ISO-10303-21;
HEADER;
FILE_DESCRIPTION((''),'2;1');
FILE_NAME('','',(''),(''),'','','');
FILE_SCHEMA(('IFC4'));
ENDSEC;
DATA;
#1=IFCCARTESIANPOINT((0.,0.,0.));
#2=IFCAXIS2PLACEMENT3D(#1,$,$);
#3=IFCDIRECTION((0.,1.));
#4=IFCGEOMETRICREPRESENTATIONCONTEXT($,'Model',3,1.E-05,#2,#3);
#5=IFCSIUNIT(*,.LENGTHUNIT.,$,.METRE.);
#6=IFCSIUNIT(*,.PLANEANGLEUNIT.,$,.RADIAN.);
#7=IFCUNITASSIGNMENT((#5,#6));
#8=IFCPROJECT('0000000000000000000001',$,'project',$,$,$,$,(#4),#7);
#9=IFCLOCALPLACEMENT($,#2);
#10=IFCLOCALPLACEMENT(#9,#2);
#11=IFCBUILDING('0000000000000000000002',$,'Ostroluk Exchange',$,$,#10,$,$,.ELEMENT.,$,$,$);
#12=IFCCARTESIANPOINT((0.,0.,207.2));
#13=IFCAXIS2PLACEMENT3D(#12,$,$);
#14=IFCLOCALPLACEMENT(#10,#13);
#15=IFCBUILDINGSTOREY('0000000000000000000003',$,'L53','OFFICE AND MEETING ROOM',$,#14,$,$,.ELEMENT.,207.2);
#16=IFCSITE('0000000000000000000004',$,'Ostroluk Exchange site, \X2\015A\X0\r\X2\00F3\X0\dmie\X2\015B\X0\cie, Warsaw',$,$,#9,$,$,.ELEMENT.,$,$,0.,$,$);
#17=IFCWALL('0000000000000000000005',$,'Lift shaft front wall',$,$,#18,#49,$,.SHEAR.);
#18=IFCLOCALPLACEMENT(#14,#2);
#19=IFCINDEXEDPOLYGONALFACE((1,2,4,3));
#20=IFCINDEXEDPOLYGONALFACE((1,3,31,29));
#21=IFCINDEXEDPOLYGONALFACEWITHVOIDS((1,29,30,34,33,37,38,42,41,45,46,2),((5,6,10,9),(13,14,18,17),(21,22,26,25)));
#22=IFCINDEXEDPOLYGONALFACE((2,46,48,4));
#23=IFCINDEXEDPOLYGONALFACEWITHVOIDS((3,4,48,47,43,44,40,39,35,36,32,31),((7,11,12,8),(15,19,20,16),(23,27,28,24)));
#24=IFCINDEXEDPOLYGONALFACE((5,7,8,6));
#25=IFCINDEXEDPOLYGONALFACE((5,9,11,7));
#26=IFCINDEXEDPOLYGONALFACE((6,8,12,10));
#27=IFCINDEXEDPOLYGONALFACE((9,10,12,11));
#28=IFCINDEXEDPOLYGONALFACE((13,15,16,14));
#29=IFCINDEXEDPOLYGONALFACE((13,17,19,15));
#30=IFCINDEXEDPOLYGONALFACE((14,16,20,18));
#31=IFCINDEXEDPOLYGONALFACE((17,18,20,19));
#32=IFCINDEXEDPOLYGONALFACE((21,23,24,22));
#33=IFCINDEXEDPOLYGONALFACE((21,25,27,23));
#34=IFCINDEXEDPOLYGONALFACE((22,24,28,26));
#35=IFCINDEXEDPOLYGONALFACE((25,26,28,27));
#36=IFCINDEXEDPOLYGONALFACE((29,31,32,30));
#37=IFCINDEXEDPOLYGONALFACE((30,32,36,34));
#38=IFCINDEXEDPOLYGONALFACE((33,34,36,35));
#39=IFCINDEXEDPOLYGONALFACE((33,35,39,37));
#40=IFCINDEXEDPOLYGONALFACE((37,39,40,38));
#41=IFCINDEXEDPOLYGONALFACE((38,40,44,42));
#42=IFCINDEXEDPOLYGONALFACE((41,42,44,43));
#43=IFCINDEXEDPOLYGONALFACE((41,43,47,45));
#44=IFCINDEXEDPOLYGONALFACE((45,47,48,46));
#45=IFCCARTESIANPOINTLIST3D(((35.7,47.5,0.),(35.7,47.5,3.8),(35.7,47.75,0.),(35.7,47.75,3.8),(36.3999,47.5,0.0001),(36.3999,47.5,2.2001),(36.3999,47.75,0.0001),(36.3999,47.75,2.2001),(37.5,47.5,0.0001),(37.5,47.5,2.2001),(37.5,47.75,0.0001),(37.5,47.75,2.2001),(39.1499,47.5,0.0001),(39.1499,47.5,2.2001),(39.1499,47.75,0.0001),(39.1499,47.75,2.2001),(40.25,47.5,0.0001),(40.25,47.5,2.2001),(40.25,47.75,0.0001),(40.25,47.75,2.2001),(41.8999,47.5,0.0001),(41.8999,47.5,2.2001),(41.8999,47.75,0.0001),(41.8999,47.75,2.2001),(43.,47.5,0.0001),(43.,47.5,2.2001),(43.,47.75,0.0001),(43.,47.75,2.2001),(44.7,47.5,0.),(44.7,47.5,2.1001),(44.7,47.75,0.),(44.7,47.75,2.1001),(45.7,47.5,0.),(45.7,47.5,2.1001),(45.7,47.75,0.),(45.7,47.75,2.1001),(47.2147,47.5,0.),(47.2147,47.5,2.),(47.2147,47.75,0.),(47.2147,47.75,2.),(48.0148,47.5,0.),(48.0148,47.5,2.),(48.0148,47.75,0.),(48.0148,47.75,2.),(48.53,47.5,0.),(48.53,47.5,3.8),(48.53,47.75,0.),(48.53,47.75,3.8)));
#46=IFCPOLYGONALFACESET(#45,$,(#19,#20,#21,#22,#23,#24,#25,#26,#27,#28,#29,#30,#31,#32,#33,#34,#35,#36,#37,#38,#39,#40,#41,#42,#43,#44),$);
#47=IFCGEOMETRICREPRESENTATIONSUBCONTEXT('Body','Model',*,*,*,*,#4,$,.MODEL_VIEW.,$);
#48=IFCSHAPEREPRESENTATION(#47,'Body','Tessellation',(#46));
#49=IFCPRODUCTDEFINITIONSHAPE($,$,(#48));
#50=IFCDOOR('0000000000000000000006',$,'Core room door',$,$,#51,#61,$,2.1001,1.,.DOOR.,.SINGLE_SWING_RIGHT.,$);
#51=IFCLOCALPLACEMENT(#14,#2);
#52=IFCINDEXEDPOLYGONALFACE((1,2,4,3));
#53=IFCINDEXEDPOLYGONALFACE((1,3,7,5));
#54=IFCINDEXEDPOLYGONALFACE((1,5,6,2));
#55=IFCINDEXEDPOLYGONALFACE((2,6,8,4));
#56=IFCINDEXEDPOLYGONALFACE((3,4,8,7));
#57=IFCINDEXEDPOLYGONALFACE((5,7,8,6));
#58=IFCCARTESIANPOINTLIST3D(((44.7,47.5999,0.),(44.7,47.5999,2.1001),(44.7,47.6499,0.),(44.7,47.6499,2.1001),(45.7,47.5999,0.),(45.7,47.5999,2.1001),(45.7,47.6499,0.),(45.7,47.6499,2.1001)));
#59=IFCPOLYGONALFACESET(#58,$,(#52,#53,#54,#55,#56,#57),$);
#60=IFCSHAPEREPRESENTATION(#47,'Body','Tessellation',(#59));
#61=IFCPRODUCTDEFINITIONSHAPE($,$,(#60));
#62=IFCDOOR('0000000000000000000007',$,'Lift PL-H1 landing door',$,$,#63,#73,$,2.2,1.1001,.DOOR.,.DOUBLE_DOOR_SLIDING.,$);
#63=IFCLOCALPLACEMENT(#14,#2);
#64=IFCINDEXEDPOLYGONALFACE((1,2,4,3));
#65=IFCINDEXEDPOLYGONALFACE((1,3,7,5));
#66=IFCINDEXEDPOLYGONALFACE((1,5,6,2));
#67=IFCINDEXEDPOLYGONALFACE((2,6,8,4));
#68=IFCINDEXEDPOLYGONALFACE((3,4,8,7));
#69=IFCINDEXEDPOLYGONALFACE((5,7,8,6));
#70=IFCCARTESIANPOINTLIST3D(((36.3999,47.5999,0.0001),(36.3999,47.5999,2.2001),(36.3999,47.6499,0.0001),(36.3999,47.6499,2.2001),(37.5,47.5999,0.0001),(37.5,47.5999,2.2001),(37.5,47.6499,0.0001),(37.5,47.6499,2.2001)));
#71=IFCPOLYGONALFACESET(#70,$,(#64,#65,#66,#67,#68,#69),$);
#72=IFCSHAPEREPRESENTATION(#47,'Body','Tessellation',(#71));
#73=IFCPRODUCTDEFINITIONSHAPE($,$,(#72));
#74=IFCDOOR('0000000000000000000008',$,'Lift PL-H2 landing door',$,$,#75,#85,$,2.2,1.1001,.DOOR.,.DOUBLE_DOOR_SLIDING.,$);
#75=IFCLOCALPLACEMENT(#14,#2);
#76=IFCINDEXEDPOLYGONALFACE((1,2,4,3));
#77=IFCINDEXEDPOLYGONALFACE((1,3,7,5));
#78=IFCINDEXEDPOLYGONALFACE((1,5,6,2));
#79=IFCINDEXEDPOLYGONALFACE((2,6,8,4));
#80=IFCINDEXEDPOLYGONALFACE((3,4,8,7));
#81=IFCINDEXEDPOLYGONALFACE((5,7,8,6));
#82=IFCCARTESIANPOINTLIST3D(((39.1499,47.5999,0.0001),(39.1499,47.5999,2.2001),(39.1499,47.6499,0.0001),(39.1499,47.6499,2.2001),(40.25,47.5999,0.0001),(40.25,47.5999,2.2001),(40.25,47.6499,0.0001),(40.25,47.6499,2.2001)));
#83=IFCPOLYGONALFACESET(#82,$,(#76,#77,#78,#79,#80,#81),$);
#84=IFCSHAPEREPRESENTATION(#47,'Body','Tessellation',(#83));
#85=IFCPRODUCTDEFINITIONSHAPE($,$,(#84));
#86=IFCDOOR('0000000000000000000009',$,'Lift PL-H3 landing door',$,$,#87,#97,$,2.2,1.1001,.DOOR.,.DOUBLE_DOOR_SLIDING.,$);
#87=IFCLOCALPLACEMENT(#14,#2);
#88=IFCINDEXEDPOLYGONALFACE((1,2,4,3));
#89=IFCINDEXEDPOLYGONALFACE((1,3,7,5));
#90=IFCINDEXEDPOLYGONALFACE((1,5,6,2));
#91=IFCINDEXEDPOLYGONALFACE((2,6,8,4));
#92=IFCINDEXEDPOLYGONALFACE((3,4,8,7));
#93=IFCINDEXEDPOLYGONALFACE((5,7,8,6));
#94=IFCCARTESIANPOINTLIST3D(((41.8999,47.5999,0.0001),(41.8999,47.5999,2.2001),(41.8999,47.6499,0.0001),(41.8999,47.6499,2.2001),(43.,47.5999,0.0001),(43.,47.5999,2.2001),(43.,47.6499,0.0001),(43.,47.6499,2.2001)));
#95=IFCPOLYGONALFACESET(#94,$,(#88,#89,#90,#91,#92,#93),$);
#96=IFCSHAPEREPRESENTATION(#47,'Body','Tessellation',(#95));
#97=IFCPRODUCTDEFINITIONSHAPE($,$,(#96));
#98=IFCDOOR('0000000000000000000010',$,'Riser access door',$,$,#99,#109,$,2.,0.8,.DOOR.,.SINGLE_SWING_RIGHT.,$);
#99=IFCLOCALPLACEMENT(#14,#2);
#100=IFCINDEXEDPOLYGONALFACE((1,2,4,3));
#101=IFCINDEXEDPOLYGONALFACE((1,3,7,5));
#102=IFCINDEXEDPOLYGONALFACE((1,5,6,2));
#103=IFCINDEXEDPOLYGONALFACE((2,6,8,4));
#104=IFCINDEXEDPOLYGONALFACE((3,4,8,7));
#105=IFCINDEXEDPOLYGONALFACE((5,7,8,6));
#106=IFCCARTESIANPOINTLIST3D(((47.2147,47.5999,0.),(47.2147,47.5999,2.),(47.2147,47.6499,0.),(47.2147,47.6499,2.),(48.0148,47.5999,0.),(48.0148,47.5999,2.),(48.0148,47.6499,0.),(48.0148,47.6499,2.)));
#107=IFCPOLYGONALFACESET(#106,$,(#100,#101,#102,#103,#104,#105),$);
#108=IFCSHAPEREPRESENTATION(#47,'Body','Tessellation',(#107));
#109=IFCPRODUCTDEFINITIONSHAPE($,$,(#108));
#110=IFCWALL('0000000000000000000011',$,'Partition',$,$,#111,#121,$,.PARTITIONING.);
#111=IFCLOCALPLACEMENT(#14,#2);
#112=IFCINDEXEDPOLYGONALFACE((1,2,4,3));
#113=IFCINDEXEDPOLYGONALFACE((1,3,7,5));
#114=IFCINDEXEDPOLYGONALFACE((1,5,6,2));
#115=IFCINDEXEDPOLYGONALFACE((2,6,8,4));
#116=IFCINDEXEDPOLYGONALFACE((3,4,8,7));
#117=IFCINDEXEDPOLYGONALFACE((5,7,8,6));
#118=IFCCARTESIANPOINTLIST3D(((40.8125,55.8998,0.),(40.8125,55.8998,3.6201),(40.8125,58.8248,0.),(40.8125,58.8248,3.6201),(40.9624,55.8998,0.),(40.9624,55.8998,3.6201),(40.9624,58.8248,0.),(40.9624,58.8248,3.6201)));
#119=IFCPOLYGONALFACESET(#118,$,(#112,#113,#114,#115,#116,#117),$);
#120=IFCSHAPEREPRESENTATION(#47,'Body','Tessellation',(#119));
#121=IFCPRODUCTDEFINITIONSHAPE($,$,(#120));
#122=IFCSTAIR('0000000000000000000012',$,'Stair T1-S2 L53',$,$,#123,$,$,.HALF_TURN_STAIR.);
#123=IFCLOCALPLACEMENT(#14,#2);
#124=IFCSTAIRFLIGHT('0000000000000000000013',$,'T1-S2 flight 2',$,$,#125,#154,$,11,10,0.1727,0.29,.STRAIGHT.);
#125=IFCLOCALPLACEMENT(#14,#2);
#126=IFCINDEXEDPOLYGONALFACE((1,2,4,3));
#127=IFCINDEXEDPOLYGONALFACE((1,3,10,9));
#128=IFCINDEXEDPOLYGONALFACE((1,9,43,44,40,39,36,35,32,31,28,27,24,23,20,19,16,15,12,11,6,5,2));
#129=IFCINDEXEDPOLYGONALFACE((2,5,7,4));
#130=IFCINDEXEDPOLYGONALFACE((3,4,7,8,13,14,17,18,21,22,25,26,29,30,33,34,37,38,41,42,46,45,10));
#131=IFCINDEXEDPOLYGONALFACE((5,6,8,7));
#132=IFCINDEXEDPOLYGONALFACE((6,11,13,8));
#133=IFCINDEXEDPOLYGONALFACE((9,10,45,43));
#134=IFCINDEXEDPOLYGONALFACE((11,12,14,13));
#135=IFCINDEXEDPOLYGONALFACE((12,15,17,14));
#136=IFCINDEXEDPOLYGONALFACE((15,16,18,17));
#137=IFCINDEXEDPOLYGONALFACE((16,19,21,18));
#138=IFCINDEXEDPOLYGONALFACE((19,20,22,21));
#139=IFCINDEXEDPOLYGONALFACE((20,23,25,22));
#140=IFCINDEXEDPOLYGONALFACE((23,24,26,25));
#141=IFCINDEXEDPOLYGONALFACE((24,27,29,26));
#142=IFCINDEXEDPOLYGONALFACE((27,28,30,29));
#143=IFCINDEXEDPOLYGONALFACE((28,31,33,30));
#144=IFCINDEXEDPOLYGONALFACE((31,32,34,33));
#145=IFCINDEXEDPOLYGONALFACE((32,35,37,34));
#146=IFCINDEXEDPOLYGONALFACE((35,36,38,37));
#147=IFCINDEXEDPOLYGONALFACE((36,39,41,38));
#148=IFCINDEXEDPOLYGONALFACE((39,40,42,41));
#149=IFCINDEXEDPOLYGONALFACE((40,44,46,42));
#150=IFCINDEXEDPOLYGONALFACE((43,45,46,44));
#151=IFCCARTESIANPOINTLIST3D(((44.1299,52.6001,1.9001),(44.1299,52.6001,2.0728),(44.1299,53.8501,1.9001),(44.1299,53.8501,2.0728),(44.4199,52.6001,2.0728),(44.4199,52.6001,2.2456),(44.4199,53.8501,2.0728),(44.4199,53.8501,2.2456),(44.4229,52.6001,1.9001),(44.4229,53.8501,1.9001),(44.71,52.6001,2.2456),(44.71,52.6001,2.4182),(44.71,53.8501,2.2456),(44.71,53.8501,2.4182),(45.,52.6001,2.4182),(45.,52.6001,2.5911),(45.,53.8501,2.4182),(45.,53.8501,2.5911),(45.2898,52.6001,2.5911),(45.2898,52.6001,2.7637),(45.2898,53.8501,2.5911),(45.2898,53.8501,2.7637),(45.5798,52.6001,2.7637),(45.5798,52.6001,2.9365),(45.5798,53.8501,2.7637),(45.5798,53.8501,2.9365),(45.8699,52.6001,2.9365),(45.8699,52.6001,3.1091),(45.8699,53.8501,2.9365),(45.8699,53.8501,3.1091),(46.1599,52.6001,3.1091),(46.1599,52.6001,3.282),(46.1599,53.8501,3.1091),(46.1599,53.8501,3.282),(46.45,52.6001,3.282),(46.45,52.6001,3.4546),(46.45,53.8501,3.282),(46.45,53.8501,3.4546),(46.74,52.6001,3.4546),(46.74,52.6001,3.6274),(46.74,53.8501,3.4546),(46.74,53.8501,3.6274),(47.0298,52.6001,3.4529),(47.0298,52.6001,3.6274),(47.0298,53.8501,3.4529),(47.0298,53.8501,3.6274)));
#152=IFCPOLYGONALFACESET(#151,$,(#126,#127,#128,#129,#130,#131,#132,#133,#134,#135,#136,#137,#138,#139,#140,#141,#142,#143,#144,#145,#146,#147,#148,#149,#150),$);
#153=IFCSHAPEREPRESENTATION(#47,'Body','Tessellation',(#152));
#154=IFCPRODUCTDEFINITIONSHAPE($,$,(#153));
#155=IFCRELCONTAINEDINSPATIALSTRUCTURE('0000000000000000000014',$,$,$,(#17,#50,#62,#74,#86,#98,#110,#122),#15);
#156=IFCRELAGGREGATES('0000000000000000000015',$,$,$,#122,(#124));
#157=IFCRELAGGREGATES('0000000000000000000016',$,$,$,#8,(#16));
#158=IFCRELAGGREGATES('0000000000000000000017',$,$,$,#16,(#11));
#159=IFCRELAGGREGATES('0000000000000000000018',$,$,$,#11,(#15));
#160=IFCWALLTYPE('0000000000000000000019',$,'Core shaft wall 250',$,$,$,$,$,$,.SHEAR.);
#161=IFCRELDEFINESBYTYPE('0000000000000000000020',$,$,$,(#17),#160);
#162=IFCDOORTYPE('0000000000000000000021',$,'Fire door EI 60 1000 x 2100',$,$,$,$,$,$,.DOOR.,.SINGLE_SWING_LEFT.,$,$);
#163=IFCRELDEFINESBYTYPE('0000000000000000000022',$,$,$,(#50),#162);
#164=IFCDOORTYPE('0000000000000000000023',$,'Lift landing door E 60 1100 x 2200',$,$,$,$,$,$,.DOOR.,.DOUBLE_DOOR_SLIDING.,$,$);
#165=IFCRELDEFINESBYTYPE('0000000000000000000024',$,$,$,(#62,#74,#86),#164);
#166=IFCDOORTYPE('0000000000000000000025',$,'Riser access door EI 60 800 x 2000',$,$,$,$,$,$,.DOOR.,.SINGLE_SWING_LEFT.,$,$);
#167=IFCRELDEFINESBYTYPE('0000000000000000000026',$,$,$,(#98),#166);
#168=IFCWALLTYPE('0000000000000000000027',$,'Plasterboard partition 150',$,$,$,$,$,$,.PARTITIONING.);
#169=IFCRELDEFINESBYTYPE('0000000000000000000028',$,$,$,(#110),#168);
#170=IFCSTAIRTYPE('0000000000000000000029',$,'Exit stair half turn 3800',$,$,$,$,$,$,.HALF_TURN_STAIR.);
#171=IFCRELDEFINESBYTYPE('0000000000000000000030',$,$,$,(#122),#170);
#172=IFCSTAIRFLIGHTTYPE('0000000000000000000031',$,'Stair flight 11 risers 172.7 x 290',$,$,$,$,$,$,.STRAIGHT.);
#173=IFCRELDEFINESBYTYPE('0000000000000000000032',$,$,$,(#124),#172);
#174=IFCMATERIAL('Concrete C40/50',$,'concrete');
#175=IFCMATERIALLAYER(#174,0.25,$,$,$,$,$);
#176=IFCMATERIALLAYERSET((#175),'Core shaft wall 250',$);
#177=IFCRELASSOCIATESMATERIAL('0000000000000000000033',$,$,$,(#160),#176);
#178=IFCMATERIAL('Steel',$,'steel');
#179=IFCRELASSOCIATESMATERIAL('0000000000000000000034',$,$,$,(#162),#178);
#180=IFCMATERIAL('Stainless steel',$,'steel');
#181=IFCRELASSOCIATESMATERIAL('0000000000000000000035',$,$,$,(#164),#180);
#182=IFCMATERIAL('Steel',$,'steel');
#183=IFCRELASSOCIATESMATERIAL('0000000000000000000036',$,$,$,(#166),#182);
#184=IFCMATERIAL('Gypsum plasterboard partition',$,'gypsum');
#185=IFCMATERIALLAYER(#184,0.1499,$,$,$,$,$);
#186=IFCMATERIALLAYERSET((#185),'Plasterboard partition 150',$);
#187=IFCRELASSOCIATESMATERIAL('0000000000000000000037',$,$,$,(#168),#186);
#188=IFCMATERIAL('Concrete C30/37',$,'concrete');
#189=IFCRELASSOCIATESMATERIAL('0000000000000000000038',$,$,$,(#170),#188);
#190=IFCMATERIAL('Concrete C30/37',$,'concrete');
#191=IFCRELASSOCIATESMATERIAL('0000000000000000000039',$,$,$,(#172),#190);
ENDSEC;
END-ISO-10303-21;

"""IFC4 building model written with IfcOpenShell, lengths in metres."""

from ifc_helpers import new_model, si_unit, direction, frame, frame_2d, origin, place, context, subcontext, project, spatial, polyline, rectangle, outline, extrude, material, layer, layer_set, type_object, element, fill, aggregate, save


model = new_model("IFC4")

# Units and contexts
model_context = context("Model", 3, precision=1e-05, world=origin(), true_north=direction((0.0, 1.0)))
body_context = subcontext(model_context, "Body", "Model", "MODEL_VIEW")
ifc_project = project(units=[si_unit("LENGTHUNIT", "METRE"), si_unit("PLANEANGLEUNIT", "RADIAN")], contexts=[model_context])

# Site, building, storey
site_placement = place(None, origin())
site = spatial("IfcSite", under=ifc_project, at=site_placement, Name="Ostroluk Exchange site, Śródmieście, Warsaw", CompositionType="ELEMENT", RefElevation=0.0)
building_placement = place(site_placement, origin())
building = spatial("IfcBuilding", under=site, at=building_placement, Name="Ostroluk Exchange", CompositionType="ELEMENT")
storey_placement = place(building_placement, frame((0.0, 0.0, 207.2)))
storey = spatial("IfcBuildingStorey", under=building, at=storey_placement, Name="L53", Description="OFFICE AND MEETING ROOM", CompositionType="ELEMENT", Elevation=207.2)

# Shared definitions
ifc_material_1 = material(Name="Concrete C40/50", Category="concrete")
ifc_layer_1 = layer(ifc_material_1, 0.25)
ifc_layer_set_1 = layer_set([ifc_layer_1], Name="Core shaft wall 250")
wall_type_1 = type_object("IfcWallType", Name="Core shaft wall 250", PredefinedType="SHEAR", material=ifc_layer_set_1)

# Wall, openings, doors
wall_1_placement = place(storey_placement, frame((35.7, 47.625, 0.0), z_axis=(0.0, 0.0, 1.0), x_axis=(1.0, 0.0, 0.0)))
wall_1 = element("IfcWall", 1, at=wall_1_placement, inside=storey, type_object=wall_type_1, Name="Lift shaft front wall", PredefinedType="SHEAR", context=body_context, shape_type="SweptSolid", body=[
    extrude(rectangle(XDim=12.8301, YDim=0.25, at=frame_2d((6.415, 0.0))), origin(), (0.0, 0.0, 1.0), 3.8),
])
opening_1_placement = place(wall_1_placement, frame((0.7, 0.0, 0.0)))
opening_1 = element("IfcOpeningElement", 2, at=opening_1_placement, cuts=wall_1, PredefinedType="OPENING", context=body_context, shape_type="SweptSolid", body=[
    extrude(rectangle(XDim=1.1001, YDim=2.2, at=frame_2d((0.55, 1.1001))), frame((0.0, 0.135, 0.0), z_axis=(0.0, -1.0, 0.0), x_axis=(1.0, 0.0, 0.0)), (0.0, 0.0, 1.0), 0.27),
])
opening_2_placement = place(wall_1_placement, frame((3.45, 0.0, 0.0)))
opening_2 = element("IfcOpeningElement", 3, at=opening_2_placement, cuts=wall_1, PredefinedType="OPENING", context=body_context, shape_type="SweptSolid", body=[
    extrude(rectangle(XDim=1.1001, YDim=2.2, at=frame_2d((0.55, 1.1001))), frame((0.0, 0.135, 0.0), z_axis=(0.0, -1.0, 0.0), x_axis=(1.0, 0.0, 0.0)), (0.0, 0.0, 1.0), 0.27),
])
opening_3_placement = place(wall_1_placement, frame((6.2, 0.0, 0.0)))
opening_3 = element("IfcOpeningElement", 4, at=opening_3_placement, cuts=wall_1, PredefinedType="OPENING", context=body_context, shape_type="SweptSolid", body=[
    extrude(rectangle(XDim=1.1001, YDim=2.2, at=frame_2d((0.55, 1.1001))), frame((0.0, 0.135, 0.0), z_axis=(0.0, -1.0, 0.0), x_axis=(1.0, 0.0, 0.0)), (0.0, 0.0, 1.0), 0.27),
])
opening_4_placement = place(wall_1_placement, frame((9.0, 0.0, 0.0)))
opening_4 = element("IfcOpeningElement", 5, at=opening_4_placement, cuts=wall_1, PredefinedType="OPENING", context=body_context, shape_type="SweptSolid", body=[
    extrude(rectangle(XDim=1.0, YDim=2.1001, at=frame_2d((0.5, 1.05))), frame((0.0, 0.135, 0.0), z_axis=(0.0, -1.0, 0.0), x_axis=(1.0, 0.0, 0.0)), (0.0, 0.0, 1.0), 0.27),
])
opening_5_placement = place(wall_1_placement, frame((11.5149, 0.0, 0.0)))
opening_5 = element("IfcOpeningElement", 6, at=opening_5_placement, cuts=wall_1, PredefinedType="OPENING", context=body_context, shape_type="SweptSolid", body=[
    extrude(rectangle(XDim=0.8, YDim=2.0, at=frame_2d((0.3999, 1.0))), frame((0.0, 0.135, 0.0), z_axis=(0.0, -1.0, 0.0), x_axis=(1.0, 0.0, 0.0)), (0.0, 0.0, 1.0), 0.27),
])
ifc_material_2 = material(Name="Steel", Category="steel")
door_type_1 = type_object("IfcDoorType", Name="Fire door EI 60 1000 x 2100", OperationType="SINGLE_SWING_LEFT", PredefinedType="DOOR", material=ifc_material_2)
door_1_placement = place(opening_4_placement, origin())
door_1 = element("IfcDoor", 7, at=door_1_placement, inside=storey, type_object=door_type_1, Name="Core room door", OperationType="SINGLE_SWING_RIGHT", OverallHeight=2.1001, OverallWidth=1.0, PredefinedType="DOOR", context=body_context, shape_type="SweptSolid", body=[
    extrude(rectangle(XDim=1.0, YDim=2.1001, at=frame_2d((0.5, 1.05))), frame((0.0, 0.0249, 0.0), z_axis=(0.0, -1.0, 0.0), x_axis=(1.0, 0.0, 0.0)), (0.0, 0.0, 1.0), 0.05),
])
fill(opening_4, door_1)
ifc_material_3 = material(Name="Stainless steel", Category="steel")
door_type_2 = type_object("IfcDoorType", Name="Lift landing door E 60 1100 x 2200", OperationType="DOUBLE_DOOR_SLIDING", PredefinedType="DOOR", material=ifc_material_3)
door_2_placement = place(opening_1_placement, origin())
door_2 = element("IfcDoor", 8, at=door_2_placement, inside=storey, type_object=door_type_2, Name="Lift PL-H1 landing door", OperationType="DOUBLE_DOOR_SLIDING", OverallHeight=2.2, OverallWidth=1.1001, PredefinedType="DOOR", context=body_context, shape_type="SweptSolid", body=[
    extrude(rectangle(XDim=1.1001, YDim=2.2, at=frame_2d((0.55, 1.1001))), frame((0.0, 0.0249, 0.0), z_axis=(0.0, -1.0, 0.0), x_axis=(1.0, 0.0, 0.0)), (0.0, 0.0, 1.0), 0.05),
])
fill(opening_1, door_2)
door_3_placement = place(opening_2_placement, origin())
door_3 = element("IfcDoor", 9, at=door_3_placement, inside=storey, type_object=door_type_2, Name="Lift PL-H2 landing door", OperationType="DOUBLE_DOOR_SLIDING", OverallHeight=2.2, OverallWidth=1.1001, PredefinedType="DOOR", context=body_context, shape_type="SweptSolid", body=[
    extrude(rectangle(XDim=1.1001, YDim=2.2, at=frame_2d((0.55, 1.1001))), frame((0.0, 0.0249, 0.0), z_axis=(0.0, -1.0, 0.0), x_axis=(1.0, 0.0, 0.0)), (0.0, 0.0, 1.0), 0.05),
])
fill(opening_2, door_3)
door_4_placement = place(opening_3_placement, origin())
door_4 = element("IfcDoor", 10, at=door_4_placement, inside=storey, type_object=door_type_2, Name="Lift PL-H3 landing door", OperationType="DOUBLE_DOOR_SLIDING", OverallHeight=2.2, OverallWidth=1.1001, PredefinedType="DOOR", context=body_context, shape_type="SweptSolid", body=[
    extrude(rectangle(XDim=1.1001, YDim=2.2, at=frame_2d((0.55, 1.1001))), frame((0.0, 0.0249, 0.0), z_axis=(0.0, -1.0, 0.0), x_axis=(1.0, 0.0, 0.0)), (0.0, 0.0, 1.0), 0.05),
])
fill(opening_3, door_4)
ifc_material_4 = material(Name="Steel", Category="steel")
door_type_3 = type_object("IfcDoorType", Name="Riser access door EI 60 800 x 2000", OperationType="SINGLE_SWING_LEFT", PredefinedType="DOOR", material=ifc_material_4)
door_5_placement = place(opening_5_placement, origin())
door_5 = element("IfcDoor", 11, at=door_5_placement, inside=storey, type_object=door_type_3, Name="Riser access door", OperationType="SINGLE_SWING_RIGHT", OverallHeight=2.0, OverallWidth=0.8, PredefinedType="DOOR", context=body_context, shape_type="SweptSolid", body=[
    extrude(rectangle(XDim=0.8, YDim=2.0, at=frame_2d((0.3999, 1.0))), frame((0.0, 0.0249, 0.0), z_axis=(0.0, -1.0, 0.0), x_axis=(1.0, 0.0, 0.0)), (0.0, 0.0, 1.0), 0.05),
])
fill(opening_5, door_5)

# Wall
ifc_material_5 = material(Name="Gypsum plasterboard partition", Category="gypsum")
ifc_layer_2 = layer(ifc_material_5, 0.1499)
ifc_layer_set_2 = layer_set([ifc_layer_2], Name="Plasterboard partition 150")
wall_type_2 = type_object("IfcWallType", Name="Plasterboard partition 150", PredefinedType="PARTITIONING", material=ifc_layer_set_2)
wall_2_placement = place(storey_placement, frame((40.8875, 55.8999, 0.0), z_axis=(0.0, 0.0, 1.0), x_axis=(0.0, 1.0, 0.0)))
element("IfcWall", 12, at=wall_2_placement, inside=storey, type_object=wall_type_2, Name="Partition", PredefinedType="PARTITIONING", context=body_context, shape_type="SweptSolid", body=[
    extrude(rectangle(XDim=2.925, YDim=0.1499, at=frame_2d((1.4624, 0.0))), origin(), (0.0, 0.0, 1.0), 3.6201),
])

# Stair, stair flight
ifc_material_6 = material(Name="Concrete C30/37", Category="concrete")
stair_type = type_object("IfcStairType", Name="Exit stair half turn 3800", PredefinedType="HALF_TURN_STAIR", material=ifc_material_6)
stair_placement = place(storey_placement, origin())
stair = element("IfcStair", 13, at=stair_placement, inside=storey, type_object=stair_type, Name="Stair T1-S2 L53", PredefinedType="HALF_TURN_STAIR")
ifc_material_7 = material(Name="Concrete C30/37", Category="concrete")
stair_flight_type = type_object("IfcStairFlightType", Name="Stair flight 11 risers 172.7 x 290", PredefinedType="STRAIGHT", material=ifc_material_7)
stair_flight_placement = place(storey_placement, frame((44.1299, 53.2251, 1.9001), z_axis=(0.0, 0.0, 1.0), x_axis=(1.0, 0.0, 0.0)))
stair_flight = element("IfcStairFlight", 14, at=stair_flight_placement, type_object=stair_flight_type, Name="T1-S2 flight 2", NumberOfRisers=11, NumberOfTreads=10, PredefinedType="STRAIGHT", RiserHeight=0.1727, TreadLength=0.29, context=body_context, shape_type="SweptSolid", body=[
    extrude(outline(polyline([(0.0, 0.0), (0.0, 0.1726), (0.29, 0.1726), (0.29, 0.3455), (0.5801, 0.3455), (0.5801, 0.5181), (0.8701, 0.5181), (0.8701, 0.6909), (1.1599, 0.6909), (1.1599, 0.8635), (1.45, 0.8635), (1.45, 1.0364), (1.74, 1.0364), (1.74, 1.209), (2.03, 1.209), (2.03, 1.3818), (2.3201, 1.3818), (2.3201, 1.5544), (2.6101, 1.5544), (2.6101, 1.7273), (2.8999, 1.7273), (2.8999, 1.8999), (2.8999, 1.5527), (0.293, 0.0), (0.0, 0.0)])), frame((0.0, 0.625, 0.0), z_axis=(0.0, -1.0, 0.0), x_axis=(1.0, 0.0, 0.0)), (0.0, 0.0, 1.0), 1.25),
])
aggregate(stair, [stair_flight])

save(model, "model.ifc")
